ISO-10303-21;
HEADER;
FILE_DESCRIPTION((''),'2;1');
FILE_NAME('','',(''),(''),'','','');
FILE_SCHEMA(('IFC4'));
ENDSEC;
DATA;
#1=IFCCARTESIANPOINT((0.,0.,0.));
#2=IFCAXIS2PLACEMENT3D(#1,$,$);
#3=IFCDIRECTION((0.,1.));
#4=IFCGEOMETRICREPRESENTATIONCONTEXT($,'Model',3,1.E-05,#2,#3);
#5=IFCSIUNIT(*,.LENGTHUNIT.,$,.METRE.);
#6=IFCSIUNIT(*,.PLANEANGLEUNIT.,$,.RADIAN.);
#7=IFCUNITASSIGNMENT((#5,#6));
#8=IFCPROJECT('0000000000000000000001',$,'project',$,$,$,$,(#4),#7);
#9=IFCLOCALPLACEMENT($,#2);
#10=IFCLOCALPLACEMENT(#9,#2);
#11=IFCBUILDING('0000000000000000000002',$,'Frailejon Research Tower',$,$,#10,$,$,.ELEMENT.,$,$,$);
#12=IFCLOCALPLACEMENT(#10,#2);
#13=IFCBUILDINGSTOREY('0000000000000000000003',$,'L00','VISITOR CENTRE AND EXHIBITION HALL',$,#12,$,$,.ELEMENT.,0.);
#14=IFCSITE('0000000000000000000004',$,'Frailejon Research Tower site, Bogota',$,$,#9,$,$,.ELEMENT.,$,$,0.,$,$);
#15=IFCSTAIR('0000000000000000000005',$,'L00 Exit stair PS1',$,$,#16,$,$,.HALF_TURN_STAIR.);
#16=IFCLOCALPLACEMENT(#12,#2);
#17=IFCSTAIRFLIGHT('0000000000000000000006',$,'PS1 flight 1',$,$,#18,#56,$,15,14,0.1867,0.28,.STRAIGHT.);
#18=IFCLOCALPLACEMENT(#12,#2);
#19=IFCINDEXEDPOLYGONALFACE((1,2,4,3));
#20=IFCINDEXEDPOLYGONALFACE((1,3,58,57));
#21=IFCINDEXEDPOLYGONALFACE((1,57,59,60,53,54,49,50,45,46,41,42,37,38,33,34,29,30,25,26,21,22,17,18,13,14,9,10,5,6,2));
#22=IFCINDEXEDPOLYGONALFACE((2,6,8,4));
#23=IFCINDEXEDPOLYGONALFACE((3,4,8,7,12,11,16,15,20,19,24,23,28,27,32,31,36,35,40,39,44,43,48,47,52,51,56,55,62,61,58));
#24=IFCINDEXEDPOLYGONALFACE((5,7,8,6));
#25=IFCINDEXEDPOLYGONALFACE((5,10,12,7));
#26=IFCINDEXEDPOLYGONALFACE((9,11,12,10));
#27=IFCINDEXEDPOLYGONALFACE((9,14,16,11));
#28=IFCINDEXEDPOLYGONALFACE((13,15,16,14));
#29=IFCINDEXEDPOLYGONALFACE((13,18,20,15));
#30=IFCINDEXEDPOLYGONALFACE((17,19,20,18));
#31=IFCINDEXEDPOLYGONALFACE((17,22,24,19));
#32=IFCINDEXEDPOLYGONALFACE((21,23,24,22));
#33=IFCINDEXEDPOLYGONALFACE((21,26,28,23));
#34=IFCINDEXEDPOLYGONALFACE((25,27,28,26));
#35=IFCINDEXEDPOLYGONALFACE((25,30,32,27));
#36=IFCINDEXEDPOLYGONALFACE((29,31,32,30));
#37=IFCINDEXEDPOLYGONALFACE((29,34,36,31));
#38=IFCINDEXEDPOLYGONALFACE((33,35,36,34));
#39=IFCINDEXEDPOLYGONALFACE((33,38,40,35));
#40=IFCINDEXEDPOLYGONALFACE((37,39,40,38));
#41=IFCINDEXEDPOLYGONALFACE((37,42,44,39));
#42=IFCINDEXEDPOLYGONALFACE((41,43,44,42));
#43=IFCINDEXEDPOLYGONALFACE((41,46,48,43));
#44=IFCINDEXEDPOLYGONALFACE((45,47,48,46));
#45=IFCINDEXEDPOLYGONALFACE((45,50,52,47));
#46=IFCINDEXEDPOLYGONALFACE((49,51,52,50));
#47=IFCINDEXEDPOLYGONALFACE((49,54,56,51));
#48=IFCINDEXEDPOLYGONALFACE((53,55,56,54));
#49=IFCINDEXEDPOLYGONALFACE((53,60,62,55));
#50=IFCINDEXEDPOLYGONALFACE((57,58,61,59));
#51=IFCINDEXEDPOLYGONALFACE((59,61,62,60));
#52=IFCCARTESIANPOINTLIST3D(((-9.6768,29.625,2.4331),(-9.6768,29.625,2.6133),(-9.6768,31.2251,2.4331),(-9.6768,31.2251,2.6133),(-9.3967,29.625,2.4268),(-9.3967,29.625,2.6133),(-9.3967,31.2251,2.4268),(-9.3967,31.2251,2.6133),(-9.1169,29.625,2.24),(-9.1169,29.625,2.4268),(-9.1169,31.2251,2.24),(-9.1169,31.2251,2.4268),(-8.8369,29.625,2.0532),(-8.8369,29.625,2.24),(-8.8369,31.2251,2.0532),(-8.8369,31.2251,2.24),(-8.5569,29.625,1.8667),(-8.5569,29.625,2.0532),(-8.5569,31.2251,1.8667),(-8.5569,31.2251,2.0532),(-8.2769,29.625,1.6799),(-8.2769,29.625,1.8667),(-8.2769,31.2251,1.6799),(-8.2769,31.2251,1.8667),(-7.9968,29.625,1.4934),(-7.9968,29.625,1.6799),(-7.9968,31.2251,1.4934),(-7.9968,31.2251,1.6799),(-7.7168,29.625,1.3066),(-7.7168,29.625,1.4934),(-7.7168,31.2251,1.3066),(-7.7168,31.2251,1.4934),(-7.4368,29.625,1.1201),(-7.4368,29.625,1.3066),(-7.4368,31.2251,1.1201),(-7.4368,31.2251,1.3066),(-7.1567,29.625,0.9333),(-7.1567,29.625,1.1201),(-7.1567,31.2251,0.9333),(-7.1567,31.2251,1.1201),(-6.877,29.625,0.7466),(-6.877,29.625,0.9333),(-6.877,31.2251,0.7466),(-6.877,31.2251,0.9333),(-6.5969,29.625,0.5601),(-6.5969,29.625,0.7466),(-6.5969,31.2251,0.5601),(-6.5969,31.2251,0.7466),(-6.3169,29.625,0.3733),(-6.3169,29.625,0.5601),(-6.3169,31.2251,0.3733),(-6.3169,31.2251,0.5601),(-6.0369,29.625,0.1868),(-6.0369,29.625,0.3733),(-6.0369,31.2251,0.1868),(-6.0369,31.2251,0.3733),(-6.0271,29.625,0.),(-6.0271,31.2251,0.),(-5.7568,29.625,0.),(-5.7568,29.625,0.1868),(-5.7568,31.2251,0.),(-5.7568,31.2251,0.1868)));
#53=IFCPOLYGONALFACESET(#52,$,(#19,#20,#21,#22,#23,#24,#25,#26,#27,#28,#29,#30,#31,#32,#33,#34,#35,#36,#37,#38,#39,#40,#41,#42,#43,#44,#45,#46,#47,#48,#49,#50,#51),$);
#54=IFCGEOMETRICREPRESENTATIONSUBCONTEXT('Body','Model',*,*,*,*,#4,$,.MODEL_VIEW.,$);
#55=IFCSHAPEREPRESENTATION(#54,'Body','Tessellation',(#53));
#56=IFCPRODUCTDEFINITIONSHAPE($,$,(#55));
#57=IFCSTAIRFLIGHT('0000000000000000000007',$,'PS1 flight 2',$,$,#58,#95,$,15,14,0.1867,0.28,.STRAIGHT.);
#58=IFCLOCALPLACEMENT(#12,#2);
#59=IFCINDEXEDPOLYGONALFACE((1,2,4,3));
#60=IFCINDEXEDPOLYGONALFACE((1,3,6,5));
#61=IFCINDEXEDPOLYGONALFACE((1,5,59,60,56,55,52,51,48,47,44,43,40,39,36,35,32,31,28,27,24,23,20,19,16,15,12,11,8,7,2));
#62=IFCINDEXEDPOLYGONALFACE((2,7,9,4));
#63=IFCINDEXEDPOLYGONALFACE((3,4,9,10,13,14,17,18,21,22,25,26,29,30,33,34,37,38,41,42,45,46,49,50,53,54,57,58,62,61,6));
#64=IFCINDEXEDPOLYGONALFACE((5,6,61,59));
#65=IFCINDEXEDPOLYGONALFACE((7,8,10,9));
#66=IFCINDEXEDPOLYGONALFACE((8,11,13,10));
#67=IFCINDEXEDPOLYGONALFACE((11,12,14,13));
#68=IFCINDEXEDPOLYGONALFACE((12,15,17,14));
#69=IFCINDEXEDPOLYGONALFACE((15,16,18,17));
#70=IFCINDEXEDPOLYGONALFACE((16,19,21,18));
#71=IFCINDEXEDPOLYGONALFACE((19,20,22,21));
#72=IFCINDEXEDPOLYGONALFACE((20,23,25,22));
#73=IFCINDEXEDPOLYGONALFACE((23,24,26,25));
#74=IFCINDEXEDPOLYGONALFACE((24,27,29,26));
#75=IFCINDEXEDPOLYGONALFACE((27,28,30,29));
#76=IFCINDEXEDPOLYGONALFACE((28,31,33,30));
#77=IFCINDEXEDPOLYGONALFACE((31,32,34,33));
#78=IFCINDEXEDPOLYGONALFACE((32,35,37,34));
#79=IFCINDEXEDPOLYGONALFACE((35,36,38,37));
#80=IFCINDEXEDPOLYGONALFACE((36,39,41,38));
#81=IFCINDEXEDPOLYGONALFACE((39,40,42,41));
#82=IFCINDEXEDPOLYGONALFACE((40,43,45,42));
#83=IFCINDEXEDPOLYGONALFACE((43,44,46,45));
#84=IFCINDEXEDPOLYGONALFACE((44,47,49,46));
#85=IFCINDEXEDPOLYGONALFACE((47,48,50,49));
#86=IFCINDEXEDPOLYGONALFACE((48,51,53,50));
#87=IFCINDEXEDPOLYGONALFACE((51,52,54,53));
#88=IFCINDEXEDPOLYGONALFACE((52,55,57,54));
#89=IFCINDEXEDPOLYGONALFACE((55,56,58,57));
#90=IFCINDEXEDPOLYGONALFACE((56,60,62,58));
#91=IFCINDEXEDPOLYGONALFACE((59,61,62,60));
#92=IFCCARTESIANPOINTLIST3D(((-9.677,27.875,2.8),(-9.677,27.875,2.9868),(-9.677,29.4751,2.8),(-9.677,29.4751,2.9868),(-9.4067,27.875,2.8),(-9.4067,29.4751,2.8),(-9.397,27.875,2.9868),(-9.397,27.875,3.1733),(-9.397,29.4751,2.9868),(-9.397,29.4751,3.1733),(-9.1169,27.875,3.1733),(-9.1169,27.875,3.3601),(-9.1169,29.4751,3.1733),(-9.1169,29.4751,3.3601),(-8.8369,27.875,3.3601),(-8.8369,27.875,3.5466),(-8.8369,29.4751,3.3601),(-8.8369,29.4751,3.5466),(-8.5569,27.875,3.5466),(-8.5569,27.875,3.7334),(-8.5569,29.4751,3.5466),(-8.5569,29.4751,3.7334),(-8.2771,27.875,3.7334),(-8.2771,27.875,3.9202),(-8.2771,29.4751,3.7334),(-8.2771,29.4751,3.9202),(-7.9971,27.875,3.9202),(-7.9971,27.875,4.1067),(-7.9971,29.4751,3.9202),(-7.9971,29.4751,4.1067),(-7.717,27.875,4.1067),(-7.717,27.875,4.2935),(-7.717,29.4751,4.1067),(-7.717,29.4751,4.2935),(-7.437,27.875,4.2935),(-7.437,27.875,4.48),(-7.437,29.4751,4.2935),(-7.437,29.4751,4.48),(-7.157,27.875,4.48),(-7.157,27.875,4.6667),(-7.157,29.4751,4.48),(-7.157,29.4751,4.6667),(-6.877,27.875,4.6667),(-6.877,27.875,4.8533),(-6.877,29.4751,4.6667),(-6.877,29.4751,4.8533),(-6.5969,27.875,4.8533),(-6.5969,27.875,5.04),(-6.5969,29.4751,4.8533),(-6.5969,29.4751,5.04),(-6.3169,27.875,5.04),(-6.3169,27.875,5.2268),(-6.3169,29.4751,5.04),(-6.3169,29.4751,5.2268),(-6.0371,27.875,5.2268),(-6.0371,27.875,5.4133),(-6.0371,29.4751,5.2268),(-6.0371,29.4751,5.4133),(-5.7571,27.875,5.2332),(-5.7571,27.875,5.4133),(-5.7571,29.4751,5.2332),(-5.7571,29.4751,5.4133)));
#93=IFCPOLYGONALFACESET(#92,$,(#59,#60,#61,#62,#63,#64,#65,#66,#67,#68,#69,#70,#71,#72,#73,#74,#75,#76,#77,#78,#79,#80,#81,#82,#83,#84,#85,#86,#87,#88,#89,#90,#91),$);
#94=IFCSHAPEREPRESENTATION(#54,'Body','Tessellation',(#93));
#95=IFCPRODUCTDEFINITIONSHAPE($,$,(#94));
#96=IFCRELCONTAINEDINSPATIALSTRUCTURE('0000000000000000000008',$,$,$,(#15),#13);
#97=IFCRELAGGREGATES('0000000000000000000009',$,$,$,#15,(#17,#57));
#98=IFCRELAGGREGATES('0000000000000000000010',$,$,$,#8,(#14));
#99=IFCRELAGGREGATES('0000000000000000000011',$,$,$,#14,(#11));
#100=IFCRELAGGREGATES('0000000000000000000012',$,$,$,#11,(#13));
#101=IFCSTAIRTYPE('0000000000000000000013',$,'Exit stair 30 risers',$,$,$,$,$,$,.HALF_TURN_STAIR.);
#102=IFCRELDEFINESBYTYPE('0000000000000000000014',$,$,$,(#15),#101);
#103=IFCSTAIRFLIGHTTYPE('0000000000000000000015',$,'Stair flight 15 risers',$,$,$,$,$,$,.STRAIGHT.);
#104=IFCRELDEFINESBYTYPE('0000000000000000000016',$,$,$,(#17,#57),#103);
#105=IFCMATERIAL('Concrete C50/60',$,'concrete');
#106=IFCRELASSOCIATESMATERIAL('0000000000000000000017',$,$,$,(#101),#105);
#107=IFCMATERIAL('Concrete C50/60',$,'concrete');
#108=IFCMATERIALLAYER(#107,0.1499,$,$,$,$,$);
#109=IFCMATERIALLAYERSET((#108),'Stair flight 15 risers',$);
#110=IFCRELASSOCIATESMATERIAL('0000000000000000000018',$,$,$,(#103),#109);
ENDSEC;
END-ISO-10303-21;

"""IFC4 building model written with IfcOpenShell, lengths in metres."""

from ifc_helpers import new_model, si_unit, direction, frame, origin, place, context, subcontext, project, spatial, polyline, outline, extrude, material, layer, layer_set, type_object, element, aggregate, save


model = new_model("IFC4")

# Units and contexts
model_context = context("Model", 3, precision=1e-05, world=origin(), true_north=direction((0.0, 1.0)))
body_context = subcontext(model_context, "Body", "Model", "MODEL_VIEW")
ifc_project = project(units=[si_unit("LENGTHUNIT", "METRE"), si_unit("PLANEANGLEUNIT", "RADIAN")], contexts=[model_context])

# Site, building, storey
site_placement = place(None, origin())
site = spatial("IfcSite", under=ifc_project, at=site_placement, Name="Frailejon Research Tower site, Bogota", CompositionType="ELEMENT", RefElevation=0.0)
building_placement = place(site_placement, origin())
building = spatial("IfcBuilding", under=site, at=building_placement, Name="Frailejon Research Tower", CompositionType="ELEMENT")
storey_placement = place(building_placement, origin())
storey = spatial("IfcBuildingStorey", under=building, at=storey_placement, Name="L00", Description="VISITOR CENTRE AND EXHIBITION HALL", CompositionType="ELEMENT", Elevation=0.0)

# Stair, stair flights
ifc_material_1 = material(Name="Concrete C50/60", Category="concrete")
stair_type = type_object("IfcStairType", Name="Exit stair 30 risers", PredefinedType="HALF_TURN_STAIR", material=ifc_material_1)
stair_placement = place(storey_placement, origin())
stair = element("IfcStair", 1, at=stair_placement, inside=storey, type_object=stair_type, Name="L00 Exit stair PS1", PredefinedType="HALF_TURN_STAIR")
ifc_material_2 = material(Name="Concrete C50/60", Category="concrete")
ifc_layer_1 = layer(ifc_material_2, 0.1499)
ifc_layer_set_1 = layer_set([ifc_layer_1], Name="Stair flight 15 risers")
stair_flight_type = type_object("IfcStairFlightType", Name="Stair flight 15 risers", PredefinedType="STRAIGHT", material=ifc_layer_set_1)
stair_flight_1_placement = place(storey_placement, frame((-5.7568, 30.425, 0.0), z_axis=(0.0, 0.0, 1.0), x_axis=(-1.0, 0.0, 0.0)))
stair_flight_1 = element("IfcStairFlight", 2, at=stair_flight_1_placement, type_object=stair_flight_type, Name="PS1 flight 1", NumberOfRisers=15, NumberOfTreads=14, PredefinedType="STRAIGHT", RiserHeight=0.1867, TreadLength=0.28, context=body_context, shape_type="SweptSolid", body=[
    extrude(outline(polyline([(0.0, 0.0), (0.0, 0.1868), (0.28, 0.1868), (0.28, 0.3733), (0.5601, 0.3733), (0.5601, 0.5601), (0.8401, 0.5601), (0.8401, 0.7466), (1.1201, 0.7466), (1.1201, 0.9333), (1.3999, 0.9333), (1.3999, 1.1201), (1.6799, 1.1201), (1.6799, 1.3066), (1.96, 1.3066), (1.96, 1.4934), (2.24, 1.4934), (2.24, 1.6799), (2.52, 1.6799), (2.52, 1.8667), (2.8, 1.8667), (2.8, 2.0532), (3.0801, 2.0532), (3.0801, 2.24), (3.3601, 2.24), (3.3601, 2.4268), (3.6399, 2.4268), (3.6399, 2.6133), (3.9199, 2.6133), (3.9199, 2.8), (3.9199, 2.4331), (0.2703, 0.0), (0.0, 0.0)])), frame((0.0, 0.8, 0.0), z_axis=(0.0, -1.0, 0.0), x_axis=(1.0, 0.0, 0.0)), (0.0, 0.0, 1.0), 1.6001),
])
stair_flight_2_placement = place(storey_placement, frame((-9.677, 28.675, 2.8), z_axis=(0.0, 0.0, 1.0), x_axis=(1.0, 0.0, 0.0)))
stair_flight_2 = element("IfcStairFlight", 3, at=stair_flight_2_placement, type_object=stair_flight_type, Name="PS1 flight 2", NumberOfRisers=15, NumberOfTreads=14, PredefinedType="STRAIGHT", RiserHeight=0.1867, TreadLength=0.28, context=body_context, shape_type="SweptSolid", body=[
    extrude(outline(polyline([(0.0, 0.0), (0.0, 0.1868), (0.28, 0.1868), (0.28, 0.3733), (0.5601, 0.3733), (0.5601, 0.5601), (0.8401, 0.5601), (0.8401, 0.7466), (1.1201, 0.7466), (1.1201, 0.9333), (1.3999, 0.9333), (1.3999, 1.1201), (1.6799, 1.1201), (1.6799, 1.3066), (1.96, 1.3066), (1.96, 1.4934), (2.24, 1.4934), (2.24, 1.6799), (2.52, 1.6799), (2.52, 1.8667), (2.8, 1.8667), (2.8, 2.0532), (3.0801, 2.0532), (3.0801, 2.24), (3.3601, 2.24), (3.3601, 2.4268), (3.6399, 2.4268), (3.6399, 2.6133), (3.9199, 2.6133), (3.9199, 2.8), (3.9199, 2.4331), (0.2703, 0.0), (0.0, 0.0)])), frame((0.0, 0.8, 0.0), z_axis=(0.0, -1.0, 0.0), x_axis=(1.0, 0.0, 0.0)), (0.0, 0.0, 1.0), 1.6001),
])
aggregate(stair, [stair_flight_1, stair_flight_2])

save(model, "model.ifc")
